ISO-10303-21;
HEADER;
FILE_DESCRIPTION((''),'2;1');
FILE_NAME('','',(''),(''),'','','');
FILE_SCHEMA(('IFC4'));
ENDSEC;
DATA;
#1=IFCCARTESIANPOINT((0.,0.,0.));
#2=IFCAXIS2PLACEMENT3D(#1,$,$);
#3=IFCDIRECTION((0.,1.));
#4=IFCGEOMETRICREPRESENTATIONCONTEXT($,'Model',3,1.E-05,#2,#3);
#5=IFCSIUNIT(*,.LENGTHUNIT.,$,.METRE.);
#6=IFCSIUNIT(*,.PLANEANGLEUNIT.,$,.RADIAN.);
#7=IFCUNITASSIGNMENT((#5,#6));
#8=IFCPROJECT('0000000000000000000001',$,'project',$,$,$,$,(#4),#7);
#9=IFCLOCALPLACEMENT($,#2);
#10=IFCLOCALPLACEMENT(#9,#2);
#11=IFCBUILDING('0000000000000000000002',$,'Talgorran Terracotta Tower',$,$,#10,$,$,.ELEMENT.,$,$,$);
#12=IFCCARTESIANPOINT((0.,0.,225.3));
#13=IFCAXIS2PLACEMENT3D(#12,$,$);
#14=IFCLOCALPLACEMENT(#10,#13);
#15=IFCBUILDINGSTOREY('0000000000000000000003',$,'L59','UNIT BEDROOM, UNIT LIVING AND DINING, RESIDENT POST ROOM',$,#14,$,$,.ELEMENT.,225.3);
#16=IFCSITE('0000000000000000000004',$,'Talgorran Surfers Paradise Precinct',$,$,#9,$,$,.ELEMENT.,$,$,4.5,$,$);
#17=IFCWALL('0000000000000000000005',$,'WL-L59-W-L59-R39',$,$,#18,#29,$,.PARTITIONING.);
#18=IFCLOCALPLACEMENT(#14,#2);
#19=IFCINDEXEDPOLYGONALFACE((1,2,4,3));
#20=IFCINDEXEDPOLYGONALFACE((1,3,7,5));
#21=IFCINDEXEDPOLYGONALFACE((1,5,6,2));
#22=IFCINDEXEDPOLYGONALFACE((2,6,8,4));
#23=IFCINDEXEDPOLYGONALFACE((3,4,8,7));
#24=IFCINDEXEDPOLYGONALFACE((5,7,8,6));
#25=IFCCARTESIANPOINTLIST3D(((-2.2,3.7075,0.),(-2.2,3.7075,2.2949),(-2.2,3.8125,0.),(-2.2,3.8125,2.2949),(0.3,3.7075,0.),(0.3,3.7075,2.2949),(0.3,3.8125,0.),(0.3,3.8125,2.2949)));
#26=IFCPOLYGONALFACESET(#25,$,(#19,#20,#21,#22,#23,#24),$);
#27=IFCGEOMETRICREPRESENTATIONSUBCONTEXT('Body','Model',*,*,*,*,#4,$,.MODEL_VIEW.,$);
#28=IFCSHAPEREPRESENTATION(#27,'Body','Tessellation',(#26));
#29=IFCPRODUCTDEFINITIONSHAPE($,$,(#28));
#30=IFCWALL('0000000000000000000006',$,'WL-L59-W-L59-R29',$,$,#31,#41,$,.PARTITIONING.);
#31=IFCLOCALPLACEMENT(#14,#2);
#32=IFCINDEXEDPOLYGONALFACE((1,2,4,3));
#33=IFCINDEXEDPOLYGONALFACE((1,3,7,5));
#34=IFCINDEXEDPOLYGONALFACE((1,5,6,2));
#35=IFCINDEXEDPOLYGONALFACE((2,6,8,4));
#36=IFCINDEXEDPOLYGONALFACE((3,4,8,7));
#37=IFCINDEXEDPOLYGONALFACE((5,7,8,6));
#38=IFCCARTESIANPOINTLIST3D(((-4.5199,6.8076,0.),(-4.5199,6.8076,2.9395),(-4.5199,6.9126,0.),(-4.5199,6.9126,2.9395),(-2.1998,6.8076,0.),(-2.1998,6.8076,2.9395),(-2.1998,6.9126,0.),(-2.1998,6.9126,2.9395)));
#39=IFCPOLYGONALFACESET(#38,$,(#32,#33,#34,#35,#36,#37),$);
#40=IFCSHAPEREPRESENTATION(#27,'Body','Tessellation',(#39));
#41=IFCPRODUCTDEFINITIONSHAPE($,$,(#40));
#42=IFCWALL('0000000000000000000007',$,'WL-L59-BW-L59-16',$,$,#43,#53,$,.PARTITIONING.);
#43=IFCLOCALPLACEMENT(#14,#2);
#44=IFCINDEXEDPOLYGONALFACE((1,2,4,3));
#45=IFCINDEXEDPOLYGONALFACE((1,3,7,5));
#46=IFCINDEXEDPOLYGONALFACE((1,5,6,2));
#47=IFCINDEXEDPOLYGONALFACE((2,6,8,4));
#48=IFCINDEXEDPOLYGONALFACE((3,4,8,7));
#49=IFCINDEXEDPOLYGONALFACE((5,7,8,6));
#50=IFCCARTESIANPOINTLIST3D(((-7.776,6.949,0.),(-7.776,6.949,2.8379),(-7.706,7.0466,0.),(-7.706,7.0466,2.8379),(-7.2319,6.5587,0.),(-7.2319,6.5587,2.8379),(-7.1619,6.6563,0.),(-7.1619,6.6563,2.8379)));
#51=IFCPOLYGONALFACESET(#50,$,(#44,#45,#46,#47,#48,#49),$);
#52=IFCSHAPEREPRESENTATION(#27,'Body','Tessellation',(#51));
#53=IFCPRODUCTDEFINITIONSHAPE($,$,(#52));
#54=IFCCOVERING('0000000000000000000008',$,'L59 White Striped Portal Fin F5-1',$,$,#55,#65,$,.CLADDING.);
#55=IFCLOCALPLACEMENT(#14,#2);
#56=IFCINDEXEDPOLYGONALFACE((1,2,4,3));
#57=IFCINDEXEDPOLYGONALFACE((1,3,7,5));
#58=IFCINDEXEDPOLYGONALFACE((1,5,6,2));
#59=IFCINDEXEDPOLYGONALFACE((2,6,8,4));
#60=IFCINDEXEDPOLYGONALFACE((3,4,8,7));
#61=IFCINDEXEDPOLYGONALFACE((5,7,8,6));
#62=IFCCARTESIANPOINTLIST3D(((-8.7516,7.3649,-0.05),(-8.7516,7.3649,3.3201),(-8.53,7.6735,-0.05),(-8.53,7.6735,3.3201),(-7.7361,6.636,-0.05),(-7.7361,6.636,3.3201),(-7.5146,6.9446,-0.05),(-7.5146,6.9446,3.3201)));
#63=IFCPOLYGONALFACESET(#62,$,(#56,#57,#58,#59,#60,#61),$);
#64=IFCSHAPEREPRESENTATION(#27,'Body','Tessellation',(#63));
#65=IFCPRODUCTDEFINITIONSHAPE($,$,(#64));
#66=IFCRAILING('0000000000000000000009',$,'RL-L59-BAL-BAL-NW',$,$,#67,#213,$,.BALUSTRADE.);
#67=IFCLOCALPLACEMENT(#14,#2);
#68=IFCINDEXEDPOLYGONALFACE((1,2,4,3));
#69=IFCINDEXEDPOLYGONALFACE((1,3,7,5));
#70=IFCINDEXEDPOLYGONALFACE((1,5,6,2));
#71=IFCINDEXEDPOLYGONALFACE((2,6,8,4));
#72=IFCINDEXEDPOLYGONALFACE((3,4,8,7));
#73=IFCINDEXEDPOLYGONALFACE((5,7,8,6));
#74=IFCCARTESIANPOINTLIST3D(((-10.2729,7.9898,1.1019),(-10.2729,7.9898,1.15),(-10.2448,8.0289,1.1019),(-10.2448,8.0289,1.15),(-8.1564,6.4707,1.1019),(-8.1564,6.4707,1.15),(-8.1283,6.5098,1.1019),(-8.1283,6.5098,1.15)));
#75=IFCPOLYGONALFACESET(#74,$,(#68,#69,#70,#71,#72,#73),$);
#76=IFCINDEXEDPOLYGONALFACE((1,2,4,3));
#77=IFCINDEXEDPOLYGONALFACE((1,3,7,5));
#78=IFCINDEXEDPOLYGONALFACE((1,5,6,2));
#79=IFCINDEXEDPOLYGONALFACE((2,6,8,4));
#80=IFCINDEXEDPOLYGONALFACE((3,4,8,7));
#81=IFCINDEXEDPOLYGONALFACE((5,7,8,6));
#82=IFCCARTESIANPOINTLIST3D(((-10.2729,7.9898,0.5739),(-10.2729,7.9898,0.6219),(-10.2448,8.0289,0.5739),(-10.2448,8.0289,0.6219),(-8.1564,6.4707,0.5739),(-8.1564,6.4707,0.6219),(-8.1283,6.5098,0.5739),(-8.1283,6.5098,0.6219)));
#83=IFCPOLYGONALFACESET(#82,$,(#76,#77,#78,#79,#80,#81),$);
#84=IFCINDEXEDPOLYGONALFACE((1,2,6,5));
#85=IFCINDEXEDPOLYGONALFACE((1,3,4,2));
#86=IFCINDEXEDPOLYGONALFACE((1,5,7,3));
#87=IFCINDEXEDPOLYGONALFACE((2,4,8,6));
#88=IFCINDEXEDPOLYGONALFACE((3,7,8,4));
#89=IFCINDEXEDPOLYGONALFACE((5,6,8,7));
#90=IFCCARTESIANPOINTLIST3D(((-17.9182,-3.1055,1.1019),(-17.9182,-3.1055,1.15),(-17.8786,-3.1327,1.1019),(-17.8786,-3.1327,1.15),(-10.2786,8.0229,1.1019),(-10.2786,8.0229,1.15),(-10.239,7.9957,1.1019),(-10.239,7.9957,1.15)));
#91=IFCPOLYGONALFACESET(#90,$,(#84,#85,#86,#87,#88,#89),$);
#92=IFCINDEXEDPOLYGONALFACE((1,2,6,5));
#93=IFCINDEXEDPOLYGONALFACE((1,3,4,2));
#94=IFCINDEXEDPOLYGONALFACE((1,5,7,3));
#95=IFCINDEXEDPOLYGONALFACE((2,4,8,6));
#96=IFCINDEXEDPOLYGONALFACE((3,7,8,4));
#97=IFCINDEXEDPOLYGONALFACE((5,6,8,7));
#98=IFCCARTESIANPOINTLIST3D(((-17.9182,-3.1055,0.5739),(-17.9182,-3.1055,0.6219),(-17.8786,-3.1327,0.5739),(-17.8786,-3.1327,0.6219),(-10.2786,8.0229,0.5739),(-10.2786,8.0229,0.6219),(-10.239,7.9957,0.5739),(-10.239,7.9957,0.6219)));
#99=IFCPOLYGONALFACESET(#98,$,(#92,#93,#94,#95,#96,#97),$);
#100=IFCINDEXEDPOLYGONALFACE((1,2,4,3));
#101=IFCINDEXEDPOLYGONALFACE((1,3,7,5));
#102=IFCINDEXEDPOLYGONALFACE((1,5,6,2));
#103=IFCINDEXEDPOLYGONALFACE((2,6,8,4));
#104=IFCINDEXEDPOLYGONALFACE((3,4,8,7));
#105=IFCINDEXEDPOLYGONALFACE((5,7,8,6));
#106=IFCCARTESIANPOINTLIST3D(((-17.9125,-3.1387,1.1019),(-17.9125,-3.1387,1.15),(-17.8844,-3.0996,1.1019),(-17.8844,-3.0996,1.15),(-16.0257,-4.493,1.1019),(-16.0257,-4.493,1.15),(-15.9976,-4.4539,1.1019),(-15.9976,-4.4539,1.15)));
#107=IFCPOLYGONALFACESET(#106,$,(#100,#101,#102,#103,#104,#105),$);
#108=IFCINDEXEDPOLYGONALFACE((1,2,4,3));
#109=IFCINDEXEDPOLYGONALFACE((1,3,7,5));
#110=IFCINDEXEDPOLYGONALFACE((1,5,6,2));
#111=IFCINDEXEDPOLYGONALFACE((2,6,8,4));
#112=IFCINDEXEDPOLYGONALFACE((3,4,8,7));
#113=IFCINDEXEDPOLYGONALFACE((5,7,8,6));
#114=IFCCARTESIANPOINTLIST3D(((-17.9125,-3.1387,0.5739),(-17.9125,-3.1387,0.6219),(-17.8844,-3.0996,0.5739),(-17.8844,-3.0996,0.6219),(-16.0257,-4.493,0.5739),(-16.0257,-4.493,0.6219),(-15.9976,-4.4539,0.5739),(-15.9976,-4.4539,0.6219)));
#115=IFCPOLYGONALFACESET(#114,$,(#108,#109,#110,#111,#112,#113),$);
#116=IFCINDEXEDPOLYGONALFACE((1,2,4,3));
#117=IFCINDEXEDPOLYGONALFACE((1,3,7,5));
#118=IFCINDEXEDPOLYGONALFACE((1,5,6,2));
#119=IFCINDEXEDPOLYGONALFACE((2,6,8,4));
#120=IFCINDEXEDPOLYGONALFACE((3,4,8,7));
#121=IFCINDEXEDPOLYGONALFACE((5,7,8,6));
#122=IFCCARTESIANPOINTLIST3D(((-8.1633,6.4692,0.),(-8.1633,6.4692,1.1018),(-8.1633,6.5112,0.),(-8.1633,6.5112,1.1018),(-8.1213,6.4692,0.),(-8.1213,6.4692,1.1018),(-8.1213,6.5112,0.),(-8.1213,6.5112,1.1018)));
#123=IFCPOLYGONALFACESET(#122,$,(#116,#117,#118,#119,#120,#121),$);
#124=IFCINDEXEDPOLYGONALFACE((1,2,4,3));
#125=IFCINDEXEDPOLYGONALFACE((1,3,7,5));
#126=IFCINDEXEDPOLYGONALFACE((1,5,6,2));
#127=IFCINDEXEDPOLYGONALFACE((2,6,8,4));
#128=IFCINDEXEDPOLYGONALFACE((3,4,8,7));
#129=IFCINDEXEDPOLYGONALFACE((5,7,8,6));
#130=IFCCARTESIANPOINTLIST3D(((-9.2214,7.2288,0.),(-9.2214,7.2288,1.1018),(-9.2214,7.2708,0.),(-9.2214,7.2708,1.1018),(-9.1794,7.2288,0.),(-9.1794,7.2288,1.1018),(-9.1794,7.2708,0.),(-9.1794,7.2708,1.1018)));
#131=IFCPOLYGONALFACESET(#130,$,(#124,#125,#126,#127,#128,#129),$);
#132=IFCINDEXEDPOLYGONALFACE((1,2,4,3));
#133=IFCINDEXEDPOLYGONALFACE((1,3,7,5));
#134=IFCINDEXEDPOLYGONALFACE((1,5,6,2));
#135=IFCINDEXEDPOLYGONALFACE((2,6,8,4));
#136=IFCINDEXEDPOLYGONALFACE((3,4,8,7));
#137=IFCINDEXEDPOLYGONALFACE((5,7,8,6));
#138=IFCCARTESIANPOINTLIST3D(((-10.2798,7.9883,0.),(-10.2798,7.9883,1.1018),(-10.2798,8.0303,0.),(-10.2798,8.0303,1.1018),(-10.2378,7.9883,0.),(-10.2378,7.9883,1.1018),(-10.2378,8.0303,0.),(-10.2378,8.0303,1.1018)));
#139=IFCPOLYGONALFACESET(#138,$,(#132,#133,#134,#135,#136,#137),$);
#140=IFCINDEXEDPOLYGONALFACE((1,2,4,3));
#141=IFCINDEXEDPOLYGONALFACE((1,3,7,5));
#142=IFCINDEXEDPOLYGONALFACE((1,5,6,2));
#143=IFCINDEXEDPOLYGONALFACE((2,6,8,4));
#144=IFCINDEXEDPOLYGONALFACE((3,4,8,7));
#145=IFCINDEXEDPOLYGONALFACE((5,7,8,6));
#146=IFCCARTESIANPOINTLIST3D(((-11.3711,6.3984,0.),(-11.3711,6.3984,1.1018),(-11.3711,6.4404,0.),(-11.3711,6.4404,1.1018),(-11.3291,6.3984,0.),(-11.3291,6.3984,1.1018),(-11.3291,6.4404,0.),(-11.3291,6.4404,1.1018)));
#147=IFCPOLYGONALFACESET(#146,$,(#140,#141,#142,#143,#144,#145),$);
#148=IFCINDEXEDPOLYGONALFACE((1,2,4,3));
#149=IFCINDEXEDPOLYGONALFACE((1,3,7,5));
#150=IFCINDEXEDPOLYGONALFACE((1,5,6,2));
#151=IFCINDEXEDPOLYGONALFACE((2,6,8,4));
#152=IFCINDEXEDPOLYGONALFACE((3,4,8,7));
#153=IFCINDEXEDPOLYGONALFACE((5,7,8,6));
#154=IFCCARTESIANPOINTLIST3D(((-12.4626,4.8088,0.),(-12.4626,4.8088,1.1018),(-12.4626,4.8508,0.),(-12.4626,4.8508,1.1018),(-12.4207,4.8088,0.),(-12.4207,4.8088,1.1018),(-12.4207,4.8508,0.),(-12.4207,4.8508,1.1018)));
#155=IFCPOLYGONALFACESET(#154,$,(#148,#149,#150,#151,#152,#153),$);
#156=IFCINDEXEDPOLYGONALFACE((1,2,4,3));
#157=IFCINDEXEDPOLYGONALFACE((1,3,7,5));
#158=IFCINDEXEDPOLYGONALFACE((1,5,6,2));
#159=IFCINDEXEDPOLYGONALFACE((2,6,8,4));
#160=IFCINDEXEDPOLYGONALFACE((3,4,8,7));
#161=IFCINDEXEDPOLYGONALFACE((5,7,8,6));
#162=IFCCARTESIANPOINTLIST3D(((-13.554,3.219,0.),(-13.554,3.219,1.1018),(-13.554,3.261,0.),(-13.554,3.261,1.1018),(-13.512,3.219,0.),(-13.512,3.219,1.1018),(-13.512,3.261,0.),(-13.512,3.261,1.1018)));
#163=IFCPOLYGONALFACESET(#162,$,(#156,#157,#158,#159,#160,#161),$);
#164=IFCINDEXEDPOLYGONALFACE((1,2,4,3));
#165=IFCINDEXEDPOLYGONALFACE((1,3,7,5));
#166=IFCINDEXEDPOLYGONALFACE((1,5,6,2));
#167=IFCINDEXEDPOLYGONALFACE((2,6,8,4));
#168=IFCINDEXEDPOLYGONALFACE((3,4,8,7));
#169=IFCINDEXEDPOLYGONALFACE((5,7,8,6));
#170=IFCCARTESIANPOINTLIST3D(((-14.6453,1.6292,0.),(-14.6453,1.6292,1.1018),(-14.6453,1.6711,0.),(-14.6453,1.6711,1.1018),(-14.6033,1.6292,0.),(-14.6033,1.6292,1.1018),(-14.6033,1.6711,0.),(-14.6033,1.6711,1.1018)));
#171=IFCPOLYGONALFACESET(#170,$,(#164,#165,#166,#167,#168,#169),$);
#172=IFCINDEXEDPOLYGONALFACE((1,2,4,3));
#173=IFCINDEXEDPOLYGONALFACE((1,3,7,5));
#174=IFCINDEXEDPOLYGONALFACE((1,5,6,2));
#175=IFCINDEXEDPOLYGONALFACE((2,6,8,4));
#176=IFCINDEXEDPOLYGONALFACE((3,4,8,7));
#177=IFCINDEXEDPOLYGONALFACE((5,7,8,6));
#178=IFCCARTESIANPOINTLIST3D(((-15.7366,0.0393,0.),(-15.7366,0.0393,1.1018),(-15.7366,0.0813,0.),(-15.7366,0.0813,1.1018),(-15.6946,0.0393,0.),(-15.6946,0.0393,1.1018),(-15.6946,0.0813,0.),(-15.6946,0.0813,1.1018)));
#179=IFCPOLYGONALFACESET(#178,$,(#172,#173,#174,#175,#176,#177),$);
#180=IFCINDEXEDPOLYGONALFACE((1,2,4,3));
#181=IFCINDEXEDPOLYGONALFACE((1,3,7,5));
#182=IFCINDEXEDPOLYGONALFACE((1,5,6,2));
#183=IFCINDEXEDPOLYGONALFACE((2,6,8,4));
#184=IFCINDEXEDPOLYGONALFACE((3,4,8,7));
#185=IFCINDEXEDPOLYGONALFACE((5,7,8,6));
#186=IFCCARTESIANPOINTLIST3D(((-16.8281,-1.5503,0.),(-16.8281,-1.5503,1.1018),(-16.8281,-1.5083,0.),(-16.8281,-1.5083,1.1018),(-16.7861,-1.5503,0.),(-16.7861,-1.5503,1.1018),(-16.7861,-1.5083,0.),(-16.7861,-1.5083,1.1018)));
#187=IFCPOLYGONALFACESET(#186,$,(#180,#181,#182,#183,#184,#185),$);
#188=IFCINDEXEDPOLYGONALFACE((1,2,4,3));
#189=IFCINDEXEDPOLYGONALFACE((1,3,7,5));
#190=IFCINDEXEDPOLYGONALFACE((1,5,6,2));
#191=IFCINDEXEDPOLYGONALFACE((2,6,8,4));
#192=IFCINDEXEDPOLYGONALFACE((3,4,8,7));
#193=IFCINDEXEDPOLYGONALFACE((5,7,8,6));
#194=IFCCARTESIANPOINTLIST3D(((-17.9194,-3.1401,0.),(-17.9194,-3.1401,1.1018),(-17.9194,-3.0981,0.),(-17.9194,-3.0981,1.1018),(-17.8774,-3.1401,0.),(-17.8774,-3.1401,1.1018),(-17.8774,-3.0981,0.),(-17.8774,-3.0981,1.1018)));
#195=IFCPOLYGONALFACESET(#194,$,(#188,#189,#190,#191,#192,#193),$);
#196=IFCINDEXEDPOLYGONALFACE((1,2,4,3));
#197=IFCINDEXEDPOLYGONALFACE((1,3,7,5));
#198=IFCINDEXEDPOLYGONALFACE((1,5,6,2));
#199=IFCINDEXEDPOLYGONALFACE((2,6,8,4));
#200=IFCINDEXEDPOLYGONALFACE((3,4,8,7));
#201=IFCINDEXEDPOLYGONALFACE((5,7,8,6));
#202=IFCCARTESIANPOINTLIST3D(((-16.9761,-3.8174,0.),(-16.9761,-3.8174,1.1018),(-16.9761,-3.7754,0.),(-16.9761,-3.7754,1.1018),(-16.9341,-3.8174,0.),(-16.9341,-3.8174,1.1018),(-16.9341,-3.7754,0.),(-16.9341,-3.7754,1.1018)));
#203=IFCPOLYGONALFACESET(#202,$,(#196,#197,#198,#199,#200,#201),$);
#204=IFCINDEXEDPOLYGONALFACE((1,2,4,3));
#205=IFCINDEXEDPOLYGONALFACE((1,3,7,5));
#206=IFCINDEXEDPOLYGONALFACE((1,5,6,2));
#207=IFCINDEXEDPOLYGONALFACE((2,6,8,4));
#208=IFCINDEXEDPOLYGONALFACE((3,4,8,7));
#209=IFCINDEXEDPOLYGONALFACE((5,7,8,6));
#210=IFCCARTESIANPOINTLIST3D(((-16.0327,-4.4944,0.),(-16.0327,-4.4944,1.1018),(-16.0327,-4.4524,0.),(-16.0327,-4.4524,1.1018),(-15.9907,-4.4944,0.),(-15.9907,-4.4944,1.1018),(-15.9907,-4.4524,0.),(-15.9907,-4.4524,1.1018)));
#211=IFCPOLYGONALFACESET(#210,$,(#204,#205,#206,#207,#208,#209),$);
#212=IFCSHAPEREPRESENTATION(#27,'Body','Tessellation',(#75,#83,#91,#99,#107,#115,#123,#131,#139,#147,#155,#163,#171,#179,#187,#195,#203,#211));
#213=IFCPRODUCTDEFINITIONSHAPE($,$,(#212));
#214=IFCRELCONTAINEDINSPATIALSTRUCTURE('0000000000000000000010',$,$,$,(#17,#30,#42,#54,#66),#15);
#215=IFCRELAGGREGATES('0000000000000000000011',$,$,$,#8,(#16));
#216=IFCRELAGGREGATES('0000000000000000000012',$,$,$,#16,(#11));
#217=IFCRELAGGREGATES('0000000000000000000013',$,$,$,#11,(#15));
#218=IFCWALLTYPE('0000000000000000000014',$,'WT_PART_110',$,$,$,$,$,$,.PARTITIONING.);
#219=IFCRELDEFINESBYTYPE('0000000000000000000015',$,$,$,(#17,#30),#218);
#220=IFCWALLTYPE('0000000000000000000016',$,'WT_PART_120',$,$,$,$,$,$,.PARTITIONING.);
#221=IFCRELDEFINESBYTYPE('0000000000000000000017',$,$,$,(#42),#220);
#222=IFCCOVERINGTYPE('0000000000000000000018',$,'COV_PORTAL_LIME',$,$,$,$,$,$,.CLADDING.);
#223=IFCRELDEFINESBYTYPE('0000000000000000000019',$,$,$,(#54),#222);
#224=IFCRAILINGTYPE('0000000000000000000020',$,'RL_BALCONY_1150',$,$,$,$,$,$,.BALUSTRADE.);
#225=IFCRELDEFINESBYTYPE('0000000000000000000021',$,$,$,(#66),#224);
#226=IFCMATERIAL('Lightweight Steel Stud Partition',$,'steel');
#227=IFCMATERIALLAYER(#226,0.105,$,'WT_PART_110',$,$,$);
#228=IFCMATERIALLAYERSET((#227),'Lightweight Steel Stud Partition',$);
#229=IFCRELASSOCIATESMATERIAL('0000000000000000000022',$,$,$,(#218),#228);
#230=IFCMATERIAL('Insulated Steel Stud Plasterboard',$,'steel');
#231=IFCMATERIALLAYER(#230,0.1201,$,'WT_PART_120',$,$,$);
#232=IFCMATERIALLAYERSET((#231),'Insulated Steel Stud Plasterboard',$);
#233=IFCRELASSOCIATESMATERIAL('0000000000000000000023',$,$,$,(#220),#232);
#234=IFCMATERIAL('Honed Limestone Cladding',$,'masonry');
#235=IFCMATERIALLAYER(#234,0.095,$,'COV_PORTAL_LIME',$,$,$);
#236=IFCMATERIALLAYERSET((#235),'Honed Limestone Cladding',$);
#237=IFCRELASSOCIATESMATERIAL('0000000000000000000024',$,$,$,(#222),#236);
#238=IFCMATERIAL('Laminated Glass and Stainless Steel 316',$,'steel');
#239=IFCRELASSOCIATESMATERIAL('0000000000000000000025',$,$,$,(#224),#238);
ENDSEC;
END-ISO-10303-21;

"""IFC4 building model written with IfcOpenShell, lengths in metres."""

from ifc_helpers import new_model, si_unit, direction, frame, frame_2d, origin, origin_2d, place, context, subcontext, project, spatial, rectangle, extrude, material, layer, layer_set, type_object, element, save


model = new_model("IFC4")

# Units and contexts
model_context = context("Model", 3, precision=1e-05, world=origin(), true_north=direction((0.0, 1.0)))
body_context = subcontext(model_context, "Body", "Model", "MODEL_VIEW")
ifc_project = project(units=[si_unit("LENGTHUNIT", "METRE"), si_unit("PLANEANGLEUNIT", "RADIAN")], contexts=[model_context])

# Site, building, storey
site_placement = place(None, origin())
site = spatial("IfcSite", under=ifc_project, at=site_placement, Name="Talgorran Surfers Paradise Precinct", CompositionType="ELEMENT", RefElevation=4.5)
building_placement = place(site_placement, origin())
building = spatial("IfcBuilding", under=site, at=building_placement, Name="Talgorran Terracotta Tower", CompositionType="ELEMENT")
storey_placement = place(building_placement, frame((0.0, 0.0, 225.3)))
storey = spatial("IfcBuildingStorey", under=building, at=storey_placement, Name="L59", Description="UNIT BEDROOM, UNIT LIVING AND DINING, RESIDENT POST ROOM", CompositionType="ELEMENT", Elevation=225.3)

# Shared definitions
ifc_material_1 = material(Name="Lightweight Steel Stud Partition", Category="steel")
ifc_layer_1 = layer(ifc_material_1, 0.105, Name="WT_PART_110")
ifc_layer_set_1 = layer_set([ifc_layer_1], Name="Lightweight Steel Stud Partition")
wall_type_1 = type_object("IfcWallType", Name="WT_PART_110", PredefinedType="PARTITIONING", material=ifc_layer_set_1)

# Walls
wall_1_placement = place(storey_placement, frame((-2.2, 3.76, 0.0), z_axis=(0.0, 0.0, 1.0), x_axis=(1.0, 0.0, 0.0)))
element("IfcWall", 1, at=wall_1_placement, inside=storey, type_object=wall_type_1, Name="WL-L59-W-L59-R39", PredefinedType="PARTITIONING", context=body_context, shape_type="SweptSolid", body=[
    extrude(rectangle(XDim=2.5, YDim=0.105, at=frame_2d((1.25, 0.0))), origin(), (0.0, 0.0, 1.0), 2.2949),
])
wall_2_placement = place(storey_placement, frame((-4.52, 6.8601, 0.0), z_axis=(0.0, 0.0, 1.0), x_axis=(1.0, 0.0, 0.0)))
element("IfcWall", 2, at=wall_2_placement, inside=storey, type_object=wall_type_1, Name="WL-L59-W-L59-R29", PredefinedType="PARTITIONING", context=body_context, shape_type="SweptSolid", body=[
    extrude(rectangle(XDim=2.3201, YDim=0.105, at=frame_2d((1.1602, 0.0))), origin(), (0.0, 0.0, 1.0), 2.9395),
])
ifc_material_2 = material(Name="Insulated Steel Stud Plasterboard", Category="steel")
ifc_layer_2 = layer(ifc_material_2, 0.1201, Name="WT_PART_120")
ifc_layer_set_2 = layer_set([ifc_layer_2], Name="Insulated Steel Stud Plasterboard")
wall_type_2 = type_object("IfcWallType", Name="WT_PART_120", PredefinedType="PARTITIONING", material=ifc_layer_set_2)
wall_3_placement = place(storey_placement, frame((-7.1968, 6.6074, 0.0), z_axis=(0.0, 0.0, 1.0), x_axis=(-0.81255, 0.582892, 0.0)))
element("IfcWall", 3, at=wall_3_placement, inside=storey, type_object=wall_type_2, Name="WL-L59-BW-L59-16", PredefinedType="PARTITIONING", context=body_context, shape_type="SweptSolid", body=[
    extrude(rectangle(XDim=0.6697, YDim=0.1201, at=frame_2d((0.335, 0.0))), origin(), (0.0, 0.0, 1.0), 2.8379),
])

# Covering
ifc_material_3 = material(Name="Honed Limestone Cladding", Category="masonry")
ifc_layer_3 = layer(ifc_material_3, 0.095, Name="COV_PORTAL_LIME")
ifc_layer_set_3 = layer_set([ifc_layer_3], Name="Honed Limestone Cladding")
covering_type = type_object("IfcCoveringType", Name="COV_PORTAL_LIME", PredefinedType="CLADDING", material=ifc_layer_set_3)
covering_placement = place(storey_placement, frame((-8.1331, 7.1548, -0.05), z_axis=(0.0, 0.0, 1.0), x_axis=(-0.583116, -0.812389, 0.0)))
element("IfcCovering", 4, at=covering_placement, inside=storey, type_object=covering_type, Name="L59 White Striped Portal Fin F5-1", PredefinedType="CLADDING", context=body_context, shape_type="SweptSolid", body=[
    extrude(rectangle(XDim=0.3799, YDim=1.25, at=origin_2d()), origin(), (0.0, 0.0, 1.0), 3.3701),
])

# Railing
ifc_material_4 = material(Name="Laminated Glass and Stainless Steel 316", Category="steel")
railing_type = type_object("IfcRailingType", Name="RL_BALCONY_1150", PredefinedType="BALUSTRADE", material=ifc_material_4)
railing_placement = place(storey_placement, frame((-8.1423, 6.4902, 0.0)))
element("IfcRailing", 5, at=railing_placement, inside=storey, type_object=railing_type, Name="RL-L59-BAL-BAL-NW", PredefinedType="BALUSTRADE", context=body_context, shape_type="SweptSolid", body=[
    extrude(rectangle(XDim=0.0481, YDim=0.0481, at=origin_2d()), frame((0.0, 0.0, 1.126), z_axis=(-0.812408, 0.583089, 0.0), x_axis=(-0.583089, -0.812408, 0.0)), (0.0, 0.0, 1.0), 2.6052),
    extrude(rectangle(XDim=0.0481, YDim=0.0481, at=origin_2d()), frame((0.0, 0.0, 0.5979), z_axis=(-0.812408, 0.583089, 0.0), x_axis=(-0.583089, -0.812408, 0.0)), (0.0, 0.0, 1.0), 2.6052),
    extrude(rectangle(XDim=0.0481, YDim=0.0481, at=origin_2d()), frame((-2.1165, 1.519, 1.126), z_axis=(-0.565968, -0.824427, 0.0), x_axis=(0.824427, -0.565968, 0.0)), (0.0, 0.0, 1.0), 13.4983),
    extrude(rectangle(XDim=0.0481, YDim=0.0481, at=origin_2d()), frame((-2.1165, 1.519, 0.5979), z_axis=(-0.565968, -0.824427, 0.0), x_axis=(0.824427, -0.565968, 0.0)), (0.0, 0.0, 1.0), 13.4983),
    extrude(rectangle(XDim=0.0481, YDim=0.0481, at=origin_2d()), frame((-9.7561, -9.6094, 1.126), z_axis=(0.812389, -0.583116, 0.0), x_axis=(0.583116, 0.812389, 0.0)), (0.0, 0.0, 1.0), 2.3225),
    extrude(rectangle(XDim=0.0481, YDim=0.0481, at=origin_2d()), frame((-9.7561, -9.6094, 0.5979), z_axis=(0.812389, -0.583116, 0.0), x_axis=(0.583116, 0.812389, 0.0)), (0.0, 0.0, 1.0), 2.3225),
    extrude(rectangle(XDim=0.042, YDim=0.042, at=origin_2d()), origin(), (0.0, 0.0, 1.0), 1.1018),
    extrude(rectangle(XDim=0.042, YDim=0.042, at=origin_2d()), frame((-1.0581, 0.7595, 0.0)), (0.0, 0.0, 1.0), 1.1018),
    extrude(rectangle(XDim=0.042, YDim=0.042, at=origin_2d()), frame((-2.1165, 1.519, 0.0)), (0.0, 0.0, 1.0), 1.1018),
    extrude(rectangle(XDim=0.042, YDim=0.042, at=origin_2d()), frame((-3.2078, -0.0708, 0.0)), (0.0, 0.0, 1.0), 1.1018),
    extrude(rectangle(XDim=0.042, YDim=0.042, at=origin_2d()), frame((-4.2993, -1.6604, 0.0)), (0.0, 0.0, 1.0), 1.1018),
    extrude(rectangle(XDim=0.042, YDim=0.042, at=origin_2d()), frame((-5.3906, -3.2502, 0.0)), (0.0, 0.0, 1.0), 1.1018),
    extrude(rectangle(XDim=0.042, YDim=0.042, at=origin_2d()), frame((-6.4819, -4.8401, 0.0)), (0.0, 0.0, 1.0), 1.1018),
    extrude(rectangle(XDim=0.042, YDim=0.042, at=origin_2d()), frame((-7.5732, -6.4299, 0.0)), (0.0, 0.0, 1.0), 1.1018),
    extrude(rectangle(XDim=0.042, YDim=0.042, at=origin_2d()), frame((-8.6648, -8.0195, 0.0)), (0.0, 0.0, 1.0), 1.1018),
    extrude(rectangle(XDim=0.042, YDim=0.042, at=origin_2d()), frame((-9.7561, -9.6094, 0.0)), (0.0, 0.0, 1.0), 1.1018),
    extrude(rectangle(XDim=0.042, YDim=0.042, at=origin_2d()), frame((-8.8127, -10.2866, 0.0)), (0.0, 0.0, 1.0), 1.1018),
    extrude(rectangle(XDim=0.042, YDim=0.042, at=origin_2d()), frame((-7.8694, -10.9636, 0.0)), (0.0, 0.0, 1.0), 1.1018),
])

save(model, "model.ifc")
